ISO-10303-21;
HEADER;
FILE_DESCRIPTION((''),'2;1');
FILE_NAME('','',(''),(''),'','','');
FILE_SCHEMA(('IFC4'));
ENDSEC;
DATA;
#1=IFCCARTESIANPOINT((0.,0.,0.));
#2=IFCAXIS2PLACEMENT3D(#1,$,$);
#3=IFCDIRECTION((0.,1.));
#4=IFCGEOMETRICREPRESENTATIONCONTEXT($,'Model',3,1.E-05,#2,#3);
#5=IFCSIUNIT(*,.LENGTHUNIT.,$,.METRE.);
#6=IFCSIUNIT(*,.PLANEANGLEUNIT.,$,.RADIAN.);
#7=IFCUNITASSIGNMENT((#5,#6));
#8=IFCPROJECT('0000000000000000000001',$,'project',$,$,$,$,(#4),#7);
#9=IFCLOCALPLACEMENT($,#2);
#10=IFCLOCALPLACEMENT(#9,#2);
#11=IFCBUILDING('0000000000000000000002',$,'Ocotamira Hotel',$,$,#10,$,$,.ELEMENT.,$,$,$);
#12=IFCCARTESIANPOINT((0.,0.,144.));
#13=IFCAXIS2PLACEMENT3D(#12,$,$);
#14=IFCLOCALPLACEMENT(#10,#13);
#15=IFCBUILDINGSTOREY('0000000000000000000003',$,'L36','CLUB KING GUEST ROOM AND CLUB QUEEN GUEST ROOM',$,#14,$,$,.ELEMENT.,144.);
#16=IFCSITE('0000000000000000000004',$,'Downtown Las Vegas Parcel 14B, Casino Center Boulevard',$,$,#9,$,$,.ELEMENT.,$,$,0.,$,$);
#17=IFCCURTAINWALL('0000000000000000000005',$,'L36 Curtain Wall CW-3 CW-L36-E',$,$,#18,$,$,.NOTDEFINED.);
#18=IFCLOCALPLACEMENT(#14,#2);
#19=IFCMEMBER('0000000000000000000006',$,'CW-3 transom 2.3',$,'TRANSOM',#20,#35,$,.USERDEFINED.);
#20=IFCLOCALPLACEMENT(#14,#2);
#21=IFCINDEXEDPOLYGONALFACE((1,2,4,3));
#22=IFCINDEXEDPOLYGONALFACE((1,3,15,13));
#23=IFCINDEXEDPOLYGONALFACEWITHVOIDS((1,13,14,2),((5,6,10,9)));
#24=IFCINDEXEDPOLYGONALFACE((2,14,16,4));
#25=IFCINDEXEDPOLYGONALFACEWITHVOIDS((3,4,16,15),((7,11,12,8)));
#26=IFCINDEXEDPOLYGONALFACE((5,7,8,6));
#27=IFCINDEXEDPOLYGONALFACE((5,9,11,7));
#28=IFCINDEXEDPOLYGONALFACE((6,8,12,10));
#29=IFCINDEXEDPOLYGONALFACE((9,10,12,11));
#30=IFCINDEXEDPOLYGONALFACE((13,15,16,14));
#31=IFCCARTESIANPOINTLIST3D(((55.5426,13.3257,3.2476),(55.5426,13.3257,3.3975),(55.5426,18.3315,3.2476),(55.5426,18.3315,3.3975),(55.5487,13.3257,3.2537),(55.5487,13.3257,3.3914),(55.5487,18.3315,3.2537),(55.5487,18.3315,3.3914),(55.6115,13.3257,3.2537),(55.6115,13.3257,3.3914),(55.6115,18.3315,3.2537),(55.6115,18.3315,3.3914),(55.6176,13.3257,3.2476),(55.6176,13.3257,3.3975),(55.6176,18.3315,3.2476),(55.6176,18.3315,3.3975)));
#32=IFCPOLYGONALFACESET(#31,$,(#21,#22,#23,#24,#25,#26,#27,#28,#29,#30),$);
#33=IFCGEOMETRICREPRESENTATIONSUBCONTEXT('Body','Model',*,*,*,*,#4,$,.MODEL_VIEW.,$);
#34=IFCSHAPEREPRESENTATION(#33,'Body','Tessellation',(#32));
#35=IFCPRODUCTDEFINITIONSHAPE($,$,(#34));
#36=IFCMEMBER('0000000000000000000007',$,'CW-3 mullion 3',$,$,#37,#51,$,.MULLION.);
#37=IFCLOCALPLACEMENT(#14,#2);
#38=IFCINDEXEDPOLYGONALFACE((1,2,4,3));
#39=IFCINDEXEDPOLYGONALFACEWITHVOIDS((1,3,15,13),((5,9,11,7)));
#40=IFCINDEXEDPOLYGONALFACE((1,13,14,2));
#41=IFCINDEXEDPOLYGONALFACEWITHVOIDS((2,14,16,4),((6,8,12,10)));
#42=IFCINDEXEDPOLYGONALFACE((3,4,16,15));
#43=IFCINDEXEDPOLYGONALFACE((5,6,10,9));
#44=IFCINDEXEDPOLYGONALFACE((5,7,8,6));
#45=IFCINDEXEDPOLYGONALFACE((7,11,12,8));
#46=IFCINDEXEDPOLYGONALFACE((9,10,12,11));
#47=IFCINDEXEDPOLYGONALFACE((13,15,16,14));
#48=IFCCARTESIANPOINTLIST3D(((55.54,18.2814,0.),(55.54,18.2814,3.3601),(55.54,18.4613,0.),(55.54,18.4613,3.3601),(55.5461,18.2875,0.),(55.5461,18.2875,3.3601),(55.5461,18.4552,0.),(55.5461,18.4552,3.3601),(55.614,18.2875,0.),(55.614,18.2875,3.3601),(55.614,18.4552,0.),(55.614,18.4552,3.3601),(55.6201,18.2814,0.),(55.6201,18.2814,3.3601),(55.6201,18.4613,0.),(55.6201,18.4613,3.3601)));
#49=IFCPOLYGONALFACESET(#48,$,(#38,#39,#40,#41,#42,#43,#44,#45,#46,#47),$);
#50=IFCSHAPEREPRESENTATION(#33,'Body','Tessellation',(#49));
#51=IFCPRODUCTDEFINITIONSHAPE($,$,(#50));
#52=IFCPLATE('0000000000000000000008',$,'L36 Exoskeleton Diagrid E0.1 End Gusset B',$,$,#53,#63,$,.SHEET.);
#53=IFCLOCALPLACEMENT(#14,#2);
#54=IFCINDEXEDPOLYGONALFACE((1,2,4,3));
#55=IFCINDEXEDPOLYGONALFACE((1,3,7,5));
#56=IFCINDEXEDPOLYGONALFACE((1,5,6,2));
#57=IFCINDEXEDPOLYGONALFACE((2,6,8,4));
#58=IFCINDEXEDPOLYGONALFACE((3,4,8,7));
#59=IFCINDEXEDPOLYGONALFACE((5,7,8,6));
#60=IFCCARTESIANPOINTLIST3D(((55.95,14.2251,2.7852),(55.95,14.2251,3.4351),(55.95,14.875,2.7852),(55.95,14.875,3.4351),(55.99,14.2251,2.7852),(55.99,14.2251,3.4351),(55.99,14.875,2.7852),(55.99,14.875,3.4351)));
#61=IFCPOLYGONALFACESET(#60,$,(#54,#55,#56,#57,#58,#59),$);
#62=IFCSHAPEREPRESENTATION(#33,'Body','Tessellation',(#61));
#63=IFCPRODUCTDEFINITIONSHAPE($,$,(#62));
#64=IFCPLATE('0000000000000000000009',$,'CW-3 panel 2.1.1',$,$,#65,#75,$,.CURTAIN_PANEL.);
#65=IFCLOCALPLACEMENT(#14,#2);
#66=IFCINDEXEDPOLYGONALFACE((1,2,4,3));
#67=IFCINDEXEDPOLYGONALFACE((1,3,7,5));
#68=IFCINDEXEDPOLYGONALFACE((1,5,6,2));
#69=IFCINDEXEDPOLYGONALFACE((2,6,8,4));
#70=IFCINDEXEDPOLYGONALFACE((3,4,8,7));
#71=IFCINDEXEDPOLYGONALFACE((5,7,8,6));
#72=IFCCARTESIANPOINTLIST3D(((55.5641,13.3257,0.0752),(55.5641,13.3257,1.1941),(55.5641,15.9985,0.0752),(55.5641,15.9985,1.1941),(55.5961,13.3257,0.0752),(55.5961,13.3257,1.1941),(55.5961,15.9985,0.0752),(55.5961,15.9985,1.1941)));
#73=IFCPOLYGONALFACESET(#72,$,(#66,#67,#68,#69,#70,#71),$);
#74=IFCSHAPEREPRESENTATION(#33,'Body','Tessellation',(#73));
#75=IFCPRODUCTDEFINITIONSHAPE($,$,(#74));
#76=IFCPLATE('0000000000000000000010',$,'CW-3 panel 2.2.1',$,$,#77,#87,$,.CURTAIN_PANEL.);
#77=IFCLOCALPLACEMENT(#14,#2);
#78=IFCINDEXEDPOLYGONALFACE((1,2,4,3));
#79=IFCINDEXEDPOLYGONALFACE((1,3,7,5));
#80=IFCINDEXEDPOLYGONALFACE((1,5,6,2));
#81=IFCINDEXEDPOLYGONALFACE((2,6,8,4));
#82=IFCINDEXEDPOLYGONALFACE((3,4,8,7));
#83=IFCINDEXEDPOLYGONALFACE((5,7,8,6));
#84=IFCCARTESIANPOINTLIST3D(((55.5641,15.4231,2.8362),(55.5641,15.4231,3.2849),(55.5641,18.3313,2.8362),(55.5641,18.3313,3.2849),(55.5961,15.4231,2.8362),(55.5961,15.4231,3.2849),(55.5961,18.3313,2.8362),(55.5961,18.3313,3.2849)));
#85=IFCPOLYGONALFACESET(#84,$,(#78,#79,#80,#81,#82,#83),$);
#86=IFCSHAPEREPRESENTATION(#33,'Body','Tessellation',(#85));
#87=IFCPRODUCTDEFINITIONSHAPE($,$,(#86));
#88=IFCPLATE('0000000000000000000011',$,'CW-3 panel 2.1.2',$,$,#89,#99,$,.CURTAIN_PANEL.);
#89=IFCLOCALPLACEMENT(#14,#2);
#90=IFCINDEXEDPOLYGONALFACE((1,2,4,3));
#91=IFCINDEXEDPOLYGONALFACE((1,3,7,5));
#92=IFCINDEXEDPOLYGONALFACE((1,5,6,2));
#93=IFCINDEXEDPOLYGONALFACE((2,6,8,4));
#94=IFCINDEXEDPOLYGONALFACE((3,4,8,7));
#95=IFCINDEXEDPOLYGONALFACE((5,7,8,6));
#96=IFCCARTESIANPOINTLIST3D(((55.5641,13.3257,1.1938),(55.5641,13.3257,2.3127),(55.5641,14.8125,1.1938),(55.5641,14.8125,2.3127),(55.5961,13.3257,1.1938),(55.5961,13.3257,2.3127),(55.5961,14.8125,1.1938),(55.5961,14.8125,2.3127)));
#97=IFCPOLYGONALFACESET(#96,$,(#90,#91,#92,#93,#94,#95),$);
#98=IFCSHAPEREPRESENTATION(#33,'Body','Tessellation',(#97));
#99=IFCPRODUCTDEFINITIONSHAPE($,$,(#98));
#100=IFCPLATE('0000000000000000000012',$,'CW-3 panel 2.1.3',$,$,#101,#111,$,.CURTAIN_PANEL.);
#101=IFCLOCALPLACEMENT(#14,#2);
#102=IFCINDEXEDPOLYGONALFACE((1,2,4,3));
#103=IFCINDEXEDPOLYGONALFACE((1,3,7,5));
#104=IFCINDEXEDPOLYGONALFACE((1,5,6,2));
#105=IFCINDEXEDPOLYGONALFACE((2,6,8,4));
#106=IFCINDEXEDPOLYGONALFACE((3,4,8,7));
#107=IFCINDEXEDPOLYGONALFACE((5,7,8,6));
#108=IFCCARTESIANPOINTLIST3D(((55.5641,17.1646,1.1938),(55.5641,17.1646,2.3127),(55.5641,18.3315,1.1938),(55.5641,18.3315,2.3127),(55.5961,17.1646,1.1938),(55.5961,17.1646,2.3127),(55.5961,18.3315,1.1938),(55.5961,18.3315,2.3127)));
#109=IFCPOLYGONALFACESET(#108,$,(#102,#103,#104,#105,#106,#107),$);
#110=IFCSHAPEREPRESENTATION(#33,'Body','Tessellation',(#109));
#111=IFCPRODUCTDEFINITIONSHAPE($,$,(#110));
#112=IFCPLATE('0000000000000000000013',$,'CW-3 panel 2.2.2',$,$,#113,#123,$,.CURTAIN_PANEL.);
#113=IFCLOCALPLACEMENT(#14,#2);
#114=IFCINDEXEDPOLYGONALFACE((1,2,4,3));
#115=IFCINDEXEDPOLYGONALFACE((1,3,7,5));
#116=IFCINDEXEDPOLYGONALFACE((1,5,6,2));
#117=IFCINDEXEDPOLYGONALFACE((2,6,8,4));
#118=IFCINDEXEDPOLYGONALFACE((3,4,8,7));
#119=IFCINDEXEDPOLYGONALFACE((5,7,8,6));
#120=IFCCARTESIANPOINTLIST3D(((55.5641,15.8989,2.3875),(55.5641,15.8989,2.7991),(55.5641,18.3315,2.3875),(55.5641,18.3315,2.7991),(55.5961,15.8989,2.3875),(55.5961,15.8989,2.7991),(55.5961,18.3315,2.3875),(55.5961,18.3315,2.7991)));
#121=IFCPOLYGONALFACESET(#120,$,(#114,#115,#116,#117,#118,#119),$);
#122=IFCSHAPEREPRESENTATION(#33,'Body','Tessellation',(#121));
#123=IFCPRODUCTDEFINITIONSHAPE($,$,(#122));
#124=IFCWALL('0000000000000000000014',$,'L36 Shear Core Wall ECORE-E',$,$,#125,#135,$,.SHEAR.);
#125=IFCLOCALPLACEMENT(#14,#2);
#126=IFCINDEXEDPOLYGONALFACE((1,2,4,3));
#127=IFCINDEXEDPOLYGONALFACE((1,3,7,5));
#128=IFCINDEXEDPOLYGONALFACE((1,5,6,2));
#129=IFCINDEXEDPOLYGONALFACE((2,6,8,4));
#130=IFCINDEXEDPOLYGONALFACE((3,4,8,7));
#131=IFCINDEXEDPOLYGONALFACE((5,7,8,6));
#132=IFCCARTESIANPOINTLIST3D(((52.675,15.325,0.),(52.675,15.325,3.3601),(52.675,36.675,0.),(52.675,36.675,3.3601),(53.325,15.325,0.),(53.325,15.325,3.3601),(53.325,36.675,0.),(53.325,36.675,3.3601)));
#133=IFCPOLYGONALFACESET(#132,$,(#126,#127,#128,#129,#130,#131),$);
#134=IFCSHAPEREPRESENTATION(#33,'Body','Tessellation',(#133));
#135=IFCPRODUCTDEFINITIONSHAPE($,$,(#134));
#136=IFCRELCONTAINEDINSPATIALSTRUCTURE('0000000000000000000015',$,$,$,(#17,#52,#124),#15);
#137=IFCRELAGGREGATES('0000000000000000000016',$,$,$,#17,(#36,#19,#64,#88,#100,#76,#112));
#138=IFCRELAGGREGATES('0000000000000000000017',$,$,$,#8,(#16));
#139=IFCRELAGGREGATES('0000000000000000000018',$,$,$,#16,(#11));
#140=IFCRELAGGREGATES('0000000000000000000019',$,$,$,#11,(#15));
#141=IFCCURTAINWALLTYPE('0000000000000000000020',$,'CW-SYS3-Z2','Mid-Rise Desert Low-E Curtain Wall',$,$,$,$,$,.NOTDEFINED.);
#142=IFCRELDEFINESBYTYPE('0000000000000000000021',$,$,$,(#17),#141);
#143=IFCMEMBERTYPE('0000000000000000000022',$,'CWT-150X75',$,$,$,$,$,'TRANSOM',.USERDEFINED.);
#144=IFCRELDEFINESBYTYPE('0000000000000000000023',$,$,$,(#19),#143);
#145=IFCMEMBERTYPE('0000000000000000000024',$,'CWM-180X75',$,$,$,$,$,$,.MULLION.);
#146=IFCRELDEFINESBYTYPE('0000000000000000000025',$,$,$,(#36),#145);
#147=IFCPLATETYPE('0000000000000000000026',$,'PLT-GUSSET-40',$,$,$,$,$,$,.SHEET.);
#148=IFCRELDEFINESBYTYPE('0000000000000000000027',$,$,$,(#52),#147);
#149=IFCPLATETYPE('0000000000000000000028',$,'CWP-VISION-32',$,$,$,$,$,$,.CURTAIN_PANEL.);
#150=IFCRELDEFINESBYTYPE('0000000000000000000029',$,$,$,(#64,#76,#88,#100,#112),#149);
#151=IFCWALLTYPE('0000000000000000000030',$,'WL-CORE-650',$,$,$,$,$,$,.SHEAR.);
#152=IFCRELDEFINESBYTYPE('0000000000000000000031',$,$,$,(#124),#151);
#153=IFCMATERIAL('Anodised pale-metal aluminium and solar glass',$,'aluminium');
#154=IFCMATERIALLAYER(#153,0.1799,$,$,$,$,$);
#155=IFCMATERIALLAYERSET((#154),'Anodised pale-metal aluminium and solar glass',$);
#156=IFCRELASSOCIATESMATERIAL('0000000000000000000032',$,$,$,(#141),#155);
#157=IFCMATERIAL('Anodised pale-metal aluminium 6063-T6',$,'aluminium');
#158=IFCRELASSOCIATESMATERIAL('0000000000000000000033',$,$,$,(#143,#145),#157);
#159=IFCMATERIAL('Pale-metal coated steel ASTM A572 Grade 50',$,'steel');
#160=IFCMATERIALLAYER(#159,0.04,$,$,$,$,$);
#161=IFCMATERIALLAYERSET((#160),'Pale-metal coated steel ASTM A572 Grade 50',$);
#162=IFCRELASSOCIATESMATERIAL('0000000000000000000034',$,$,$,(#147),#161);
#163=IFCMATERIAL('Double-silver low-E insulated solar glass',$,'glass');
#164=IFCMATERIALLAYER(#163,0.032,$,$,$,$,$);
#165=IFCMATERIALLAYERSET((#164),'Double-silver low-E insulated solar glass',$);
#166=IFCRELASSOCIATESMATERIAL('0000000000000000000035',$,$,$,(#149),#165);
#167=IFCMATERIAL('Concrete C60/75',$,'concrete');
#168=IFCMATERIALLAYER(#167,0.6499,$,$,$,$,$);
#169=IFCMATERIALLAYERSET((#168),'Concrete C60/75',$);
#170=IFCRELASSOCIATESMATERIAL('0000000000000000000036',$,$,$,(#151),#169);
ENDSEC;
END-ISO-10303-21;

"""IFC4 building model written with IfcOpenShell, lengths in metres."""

from ifc_helpers import new_model, si_unit, direction, frame, frame_2d, origin, origin_2d, place, context, subcontext, project, spatial, rectangle, hollow_rectangle, extrude, source, transform, mapped, material, layer, layer_set, material_profile, profile_set, type_object, element, aggregate, save


model = new_model("IFC4")

# Units and contexts
model_context = context("Model", 3, precision=1e-05, world=origin(), true_north=direction((0.0, 1.0)))
body_context = subcontext(model_context, "Body", "Model", "MODEL_VIEW")
ifc_project = project(units=[si_unit("LENGTHUNIT", "METRE"), si_unit("PLANEANGLEUNIT", "RADIAN")], contexts=[model_context])

# Site, building, storey
site_placement = place(None, origin())
site = spatial("IfcSite", under=ifc_project, at=site_placement, Name="Downtown Las Vegas Parcel 14B, Casino Center Boulevard", CompositionType="ELEMENT", RefElevation=0.0)
building_placement = place(site_placement, origin())
building = spatial("IfcBuilding", under=site, at=building_placement, Name="Ocotamira Hotel", CompositionType="ELEMENT")
storey_placement = place(building_placement, frame((0.0, 0.0, 144.0)))
storey = spatial("IfcBuildingStorey", under=building, at=storey_placement, Name="L36", Description="CLUB KING GUEST ROOM AND CLUB QUEEN GUEST ROOM", CompositionType="ELEMENT", Elevation=144.0)

# Curtain wall, members
ifc_material_1 = material(Name="Anodised pale-metal aluminium and solar glass", Category="aluminium")
ifc_layer_1 = layer(ifc_material_1, 0.1799)
ifc_layer_set_1 = layer_set([ifc_layer_1], Name="Anodised pale-metal aluminium and solar glass")
curtain_wall_type = type_object("IfcCurtainWallType", Name="CW-SYS3-Z2", Description="Mid-Rise Desert Low-E Curtain Wall", PredefinedType="NOTDEFINED", material=ifc_layer_set_1)
curtain_wall_placement = place(storey_placement, origin())
curtain_wall = element("IfcCurtainWall", 1, at=curtain_wall_placement, inside=storey, type_object=curtain_wall_type, Name="L36 Curtain Wall CW-3 CW-L36-E", PredefinedType="NOTDEFINED")
ifc_material_2 = material(Name="Anodised pale-metal aluminium 6063-T6", Category="aluminium")
ifc_material_profile_1 = material_profile(ifc_material_2, hollow_rectangle(XDim=0.075, YDim=0.1499, WallThickness=0.0061, at=origin_2d()), Name="HSS150X75X6")
ifc_profile_set_1 = profile_set([ifc_material_profile_1], Name="Anodised pale-metal aluminium 6063-T6")
member_type_1 = type_object("IfcMemberType", Name="CWT-150X75", ElementType="TRANSOM", PredefinedType="USERDEFINED", material=ifc_profile_set_1)
shared_shape_1 = source(origin(), body_context, "Body", "SweptSolid", [
    extrude(hollow_rectangle(XDim=0.075, YDim=0.1499, WallThickness=0.0061, at=origin_2d()), origin(), (0.0, 0.0, 1.0), 5.0059),
])
member_1_placement = place(storey_placement, frame((55.5801, 13.3257, 3.3225), z_axis=(0.0, 1.0, 0.0), x_axis=(-1.0, 0.0, 0.0)))
member_1 = element("IfcMember", 2, at=member_1_placement, type_object=member_type_1, Name="CW-3 transom 2.3", ObjectType="TRANSOM", PredefinedType="USERDEFINED", context=body_context, shape_type="MappedRepresentation", body=[
    mapped(shared_shape_1, transform((0.0, 0.0, 0.0), scale=1.0)),
])
ifc_material_profile_2 = material_profile(ifc_material_2, hollow_rectangle(XDim=0.0801, YDim=0.1799, WallThickness=0.0061, at=origin_2d()), Name="HSS180X80X6")
ifc_profile_set_2 = profile_set([ifc_material_profile_2], Name="Anodised pale-metal aluminium 6063-T6")
member_type_2 = type_object("IfcMemberType", Name="CWM-180X75", PredefinedType="MULLION", material=ifc_profile_set_2)
shared_shape_2 = source(origin(), body_context, "Body", "SweptSolid", [
    extrude(hollow_rectangle(XDim=0.0801, YDim=0.1799, WallThickness=0.0061, at=origin_2d()), origin(), (0.0, 0.0, 1.0), 3.3601),
])
member_2_placement = place(storey_placement, frame((55.5801, 18.3713, 0.0), z_axis=(0.0, 0.0, 1.0), x_axis=(-1.0, 0.0, 0.0)))
member_2 = element("IfcMember", 3, at=member_2_placement, type_object=member_type_2, Name="CW-3 mullion 3", PredefinedType="MULLION", context=body_context, shape_type="MappedRepresentation", body=[
    mapped(shared_shape_2, transform((0.0, 0.0, 0.0), scale=1.0)),
])

# Plates
ifc_material_3 = material(Name="Pale-metal coated steel ASTM A572 Grade 50", Category="steel")
ifc_layer_2 = layer(ifc_material_3, 0.04)
ifc_layer_set_2 = layer_set([ifc_layer_2], Name="Pale-metal coated steel ASTM A572 Grade 50")
plate_type_1 = type_object("IfcPlateType", Name="PLT-GUSSET-40", PredefinedType="SHEET", material=ifc_layer_set_2)
shared_shape_3 = source(origin(), body_context, "Body", "SweptSolid", [
    extrude(rectangle(XDim=0.04, YDim=0.6499, at=origin_2d()), origin(), (0.0, 0.0, 1.0), 0.6499),
])
plate_1_placement = place(storey_placement, frame((55.97, 14.55, 2.7852), z_axis=(0.0, 0.0, 1.0), x_axis=(1.0, 0.0, 0.0)))
element("IfcPlate", 4, at=plate_1_placement, inside=storey, type_object=plate_type_1, Name="L36 Exoskeleton Diagrid E0.1 End Gusset B", PredefinedType="SHEET", context=body_context, shape_type="MappedRepresentation", body=[
    mapped(shared_shape_3, transform((0.0, 0.0, 0.0), scale=1.0)),
])
ifc_material_4 = material(Name="Double-silver low-E insulated solar glass", Category="glass")
ifc_layer_3 = layer(ifc_material_4, 0.032)
ifc_layer_set_3 = layer_set([ifc_layer_3], Name="Double-silver low-E insulated solar glass")
plate_type_2 = type_object("IfcPlateType", Name="CWP-VISION-32", PredefinedType="CURTAIN_PANEL", material=ifc_layer_set_3)
shared_shape_4 = source(origin(), body_context, "Body", "SweptSolid", [
    extrude(rectangle(XDim=2.6729, YDim=0.032, at=origin_2d()), origin(), (0.0, 0.0, 1.0), 1.1189),
])
plate_2_placement = place(storey_placement, frame((55.5801, 14.6621, 0.0752), z_axis=(0.0, 0.0, 1.0), x_axis=(0.0, 1.0, 0.0)))
plate_2 = element("IfcPlate", 5, at=plate_2_placement, type_object=plate_type_2, Name="CW-3 panel 2.1.1", PredefinedType="CURTAIN_PANEL", context=body_context, shape_type="MappedRepresentation", body=[
    mapped(shared_shape_4, transform((0.0, 0.0, 0.0), scale=1.0)),
])
shared_shape_5 = source(origin(), body_context, "Body", "SweptSolid", [
    extrude(rectangle(XDim=2.9082, YDim=0.032, at=origin_2d()), origin(), (0.0, 0.0, 1.0), 0.4487),
])
plate_3_placement = place(storey_placement, frame((55.5801, 16.8772, 2.8362), z_axis=(0.0, 0.0, 1.0), x_axis=(0.0, 1.0, 0.0)))
plate_3 = element("IfcPlate", 6, at=plate_3_placement, type_object=plate_type_2, Name="CW-3 panel 2.2.1", PredefinedType="CURTAIN_PANEL", context=body_context, shape_type="MappedRepresentation", body=[
    mapped(shared_shape_5, transform((0.0, 0.0, 0.0), scale=1.0)),
])
shared_shape_6 = source(origin(), body_context, "Body", "SweptSolid", [
    extrude(rectangle(XDim=1.4868, YDim=0.032, at=origin_2d()), origin(), (0.0, 0.0, 1.0), 1.1189),
])
plate_4_placement = place(storey_placement, frame((55.5801, 14.0691, 1.1938), z_axis=(0.0, 0.0, 1.0), x_axis=(0.0, 1.0, 0.0)))
plate_4 = element("IfcPlate", 7, at=plate_4_placement, type_object=plate_type_2, Name="CW-3 panel 2.1.2", PredefinedType="CURTAIN_PANEL", context=body_context, shape_type="MappedRepresentation", body=[
    mapped(shared_shape_6, transform((0.0, 0.0, 0.0), scale=1.0)),
])
shared_shape_7 = source(origin(), body_context, "Body", "SweptSolid", [
    extrude(rectangle(XDim=1.167, YDim=0.032, at=origin_2d()), origin(), (0.0, 0.0, 1.0), 1.1189),
])
plate_5_placement = place(storey_placement, frame((55.5801, 17.748, 1.1938), z_axis=(0.0, 0.0, 1.0), x_axis=(0.0, 1.0, 0.0)))
plate_5 = element("IfcPlate", 8, at=plate_5_placement, type_object=plate_type_2, Name="CW-3 panel 2.1.3", PredefinedType="CURTAIN_PANEL", context=body_context, shape_type="MappedRepresentation", body=[
    mapped(shared_shape_7, transform((0.0, 0.0, 0.0), scale=1.0)),
])
shared_shape_8 = source(origin(), body_context, "Body", "SweptSolid", [
    extrude(rectangle(XDim=2.4326, YDim=0.032, at=origin_2d()), origin(), (0.0, 0.0, 1.0), 0.4116),
])
plate_6_placement = place(storey_placement, frame((55.5801, 17.1152, 2.3875), z_axis=(0.0, 0.0, 1.0), x_axis=(0.0, 1.0, 0.0)))
plate_6 = element("IfcPlate", 9, at=plate_6_placement, type_object=plate_type_2, Name="CW-3 panel 2.2.2", PredefinedType="CURTAIN_PANEL", context=body_context, shape_type="MappedRepresentation", body=[
    mapped(shared_shape_8, transform((0.0, 0.0, 0.0), scale=1.0)),
])
aggregate(curtain_wall, [member_2, member_1, plate_2, plate_4, plate_5, plate_3, plate_6])

# Wall
ifc_material_5 = material(Name="Concrete C60/75", Category="concrete")
ifc_layer_4 = layer(ifc_material_5, 0.6499)
ifc_layer_set_4 = layer_set([ifc_layer_4], Name="Concrete C60/75")
wall_type_1 = type_object("IfcWallType", Name="WL-CORE-650", PredefinedType="SHEAR", material=ifc_layer_set_4)
wall_1_placement = place(storey_placement, frame((53.0, 15.325, 0.0), z_axis=(0.0, 0.0, 1.0), x_axis=(0.0, 1.0, 0.0)))
element("IfcWall", 10, at=wall_1_placement, inside=storey, type_object=wall_type_1, Name="L36 Shear Core Wall ECORE-E", PredefinedType="SHEAR", context=body_context, shape_type="SweptSolid", body=[
    extrude(rectangle(XDim=21.3501, YDim=0.6499, at=frame_2d((10.675, 0.0))), origin(), (0.0, 0.0, 1.0), 3.3601),
])

save(model, "model.ifc")
